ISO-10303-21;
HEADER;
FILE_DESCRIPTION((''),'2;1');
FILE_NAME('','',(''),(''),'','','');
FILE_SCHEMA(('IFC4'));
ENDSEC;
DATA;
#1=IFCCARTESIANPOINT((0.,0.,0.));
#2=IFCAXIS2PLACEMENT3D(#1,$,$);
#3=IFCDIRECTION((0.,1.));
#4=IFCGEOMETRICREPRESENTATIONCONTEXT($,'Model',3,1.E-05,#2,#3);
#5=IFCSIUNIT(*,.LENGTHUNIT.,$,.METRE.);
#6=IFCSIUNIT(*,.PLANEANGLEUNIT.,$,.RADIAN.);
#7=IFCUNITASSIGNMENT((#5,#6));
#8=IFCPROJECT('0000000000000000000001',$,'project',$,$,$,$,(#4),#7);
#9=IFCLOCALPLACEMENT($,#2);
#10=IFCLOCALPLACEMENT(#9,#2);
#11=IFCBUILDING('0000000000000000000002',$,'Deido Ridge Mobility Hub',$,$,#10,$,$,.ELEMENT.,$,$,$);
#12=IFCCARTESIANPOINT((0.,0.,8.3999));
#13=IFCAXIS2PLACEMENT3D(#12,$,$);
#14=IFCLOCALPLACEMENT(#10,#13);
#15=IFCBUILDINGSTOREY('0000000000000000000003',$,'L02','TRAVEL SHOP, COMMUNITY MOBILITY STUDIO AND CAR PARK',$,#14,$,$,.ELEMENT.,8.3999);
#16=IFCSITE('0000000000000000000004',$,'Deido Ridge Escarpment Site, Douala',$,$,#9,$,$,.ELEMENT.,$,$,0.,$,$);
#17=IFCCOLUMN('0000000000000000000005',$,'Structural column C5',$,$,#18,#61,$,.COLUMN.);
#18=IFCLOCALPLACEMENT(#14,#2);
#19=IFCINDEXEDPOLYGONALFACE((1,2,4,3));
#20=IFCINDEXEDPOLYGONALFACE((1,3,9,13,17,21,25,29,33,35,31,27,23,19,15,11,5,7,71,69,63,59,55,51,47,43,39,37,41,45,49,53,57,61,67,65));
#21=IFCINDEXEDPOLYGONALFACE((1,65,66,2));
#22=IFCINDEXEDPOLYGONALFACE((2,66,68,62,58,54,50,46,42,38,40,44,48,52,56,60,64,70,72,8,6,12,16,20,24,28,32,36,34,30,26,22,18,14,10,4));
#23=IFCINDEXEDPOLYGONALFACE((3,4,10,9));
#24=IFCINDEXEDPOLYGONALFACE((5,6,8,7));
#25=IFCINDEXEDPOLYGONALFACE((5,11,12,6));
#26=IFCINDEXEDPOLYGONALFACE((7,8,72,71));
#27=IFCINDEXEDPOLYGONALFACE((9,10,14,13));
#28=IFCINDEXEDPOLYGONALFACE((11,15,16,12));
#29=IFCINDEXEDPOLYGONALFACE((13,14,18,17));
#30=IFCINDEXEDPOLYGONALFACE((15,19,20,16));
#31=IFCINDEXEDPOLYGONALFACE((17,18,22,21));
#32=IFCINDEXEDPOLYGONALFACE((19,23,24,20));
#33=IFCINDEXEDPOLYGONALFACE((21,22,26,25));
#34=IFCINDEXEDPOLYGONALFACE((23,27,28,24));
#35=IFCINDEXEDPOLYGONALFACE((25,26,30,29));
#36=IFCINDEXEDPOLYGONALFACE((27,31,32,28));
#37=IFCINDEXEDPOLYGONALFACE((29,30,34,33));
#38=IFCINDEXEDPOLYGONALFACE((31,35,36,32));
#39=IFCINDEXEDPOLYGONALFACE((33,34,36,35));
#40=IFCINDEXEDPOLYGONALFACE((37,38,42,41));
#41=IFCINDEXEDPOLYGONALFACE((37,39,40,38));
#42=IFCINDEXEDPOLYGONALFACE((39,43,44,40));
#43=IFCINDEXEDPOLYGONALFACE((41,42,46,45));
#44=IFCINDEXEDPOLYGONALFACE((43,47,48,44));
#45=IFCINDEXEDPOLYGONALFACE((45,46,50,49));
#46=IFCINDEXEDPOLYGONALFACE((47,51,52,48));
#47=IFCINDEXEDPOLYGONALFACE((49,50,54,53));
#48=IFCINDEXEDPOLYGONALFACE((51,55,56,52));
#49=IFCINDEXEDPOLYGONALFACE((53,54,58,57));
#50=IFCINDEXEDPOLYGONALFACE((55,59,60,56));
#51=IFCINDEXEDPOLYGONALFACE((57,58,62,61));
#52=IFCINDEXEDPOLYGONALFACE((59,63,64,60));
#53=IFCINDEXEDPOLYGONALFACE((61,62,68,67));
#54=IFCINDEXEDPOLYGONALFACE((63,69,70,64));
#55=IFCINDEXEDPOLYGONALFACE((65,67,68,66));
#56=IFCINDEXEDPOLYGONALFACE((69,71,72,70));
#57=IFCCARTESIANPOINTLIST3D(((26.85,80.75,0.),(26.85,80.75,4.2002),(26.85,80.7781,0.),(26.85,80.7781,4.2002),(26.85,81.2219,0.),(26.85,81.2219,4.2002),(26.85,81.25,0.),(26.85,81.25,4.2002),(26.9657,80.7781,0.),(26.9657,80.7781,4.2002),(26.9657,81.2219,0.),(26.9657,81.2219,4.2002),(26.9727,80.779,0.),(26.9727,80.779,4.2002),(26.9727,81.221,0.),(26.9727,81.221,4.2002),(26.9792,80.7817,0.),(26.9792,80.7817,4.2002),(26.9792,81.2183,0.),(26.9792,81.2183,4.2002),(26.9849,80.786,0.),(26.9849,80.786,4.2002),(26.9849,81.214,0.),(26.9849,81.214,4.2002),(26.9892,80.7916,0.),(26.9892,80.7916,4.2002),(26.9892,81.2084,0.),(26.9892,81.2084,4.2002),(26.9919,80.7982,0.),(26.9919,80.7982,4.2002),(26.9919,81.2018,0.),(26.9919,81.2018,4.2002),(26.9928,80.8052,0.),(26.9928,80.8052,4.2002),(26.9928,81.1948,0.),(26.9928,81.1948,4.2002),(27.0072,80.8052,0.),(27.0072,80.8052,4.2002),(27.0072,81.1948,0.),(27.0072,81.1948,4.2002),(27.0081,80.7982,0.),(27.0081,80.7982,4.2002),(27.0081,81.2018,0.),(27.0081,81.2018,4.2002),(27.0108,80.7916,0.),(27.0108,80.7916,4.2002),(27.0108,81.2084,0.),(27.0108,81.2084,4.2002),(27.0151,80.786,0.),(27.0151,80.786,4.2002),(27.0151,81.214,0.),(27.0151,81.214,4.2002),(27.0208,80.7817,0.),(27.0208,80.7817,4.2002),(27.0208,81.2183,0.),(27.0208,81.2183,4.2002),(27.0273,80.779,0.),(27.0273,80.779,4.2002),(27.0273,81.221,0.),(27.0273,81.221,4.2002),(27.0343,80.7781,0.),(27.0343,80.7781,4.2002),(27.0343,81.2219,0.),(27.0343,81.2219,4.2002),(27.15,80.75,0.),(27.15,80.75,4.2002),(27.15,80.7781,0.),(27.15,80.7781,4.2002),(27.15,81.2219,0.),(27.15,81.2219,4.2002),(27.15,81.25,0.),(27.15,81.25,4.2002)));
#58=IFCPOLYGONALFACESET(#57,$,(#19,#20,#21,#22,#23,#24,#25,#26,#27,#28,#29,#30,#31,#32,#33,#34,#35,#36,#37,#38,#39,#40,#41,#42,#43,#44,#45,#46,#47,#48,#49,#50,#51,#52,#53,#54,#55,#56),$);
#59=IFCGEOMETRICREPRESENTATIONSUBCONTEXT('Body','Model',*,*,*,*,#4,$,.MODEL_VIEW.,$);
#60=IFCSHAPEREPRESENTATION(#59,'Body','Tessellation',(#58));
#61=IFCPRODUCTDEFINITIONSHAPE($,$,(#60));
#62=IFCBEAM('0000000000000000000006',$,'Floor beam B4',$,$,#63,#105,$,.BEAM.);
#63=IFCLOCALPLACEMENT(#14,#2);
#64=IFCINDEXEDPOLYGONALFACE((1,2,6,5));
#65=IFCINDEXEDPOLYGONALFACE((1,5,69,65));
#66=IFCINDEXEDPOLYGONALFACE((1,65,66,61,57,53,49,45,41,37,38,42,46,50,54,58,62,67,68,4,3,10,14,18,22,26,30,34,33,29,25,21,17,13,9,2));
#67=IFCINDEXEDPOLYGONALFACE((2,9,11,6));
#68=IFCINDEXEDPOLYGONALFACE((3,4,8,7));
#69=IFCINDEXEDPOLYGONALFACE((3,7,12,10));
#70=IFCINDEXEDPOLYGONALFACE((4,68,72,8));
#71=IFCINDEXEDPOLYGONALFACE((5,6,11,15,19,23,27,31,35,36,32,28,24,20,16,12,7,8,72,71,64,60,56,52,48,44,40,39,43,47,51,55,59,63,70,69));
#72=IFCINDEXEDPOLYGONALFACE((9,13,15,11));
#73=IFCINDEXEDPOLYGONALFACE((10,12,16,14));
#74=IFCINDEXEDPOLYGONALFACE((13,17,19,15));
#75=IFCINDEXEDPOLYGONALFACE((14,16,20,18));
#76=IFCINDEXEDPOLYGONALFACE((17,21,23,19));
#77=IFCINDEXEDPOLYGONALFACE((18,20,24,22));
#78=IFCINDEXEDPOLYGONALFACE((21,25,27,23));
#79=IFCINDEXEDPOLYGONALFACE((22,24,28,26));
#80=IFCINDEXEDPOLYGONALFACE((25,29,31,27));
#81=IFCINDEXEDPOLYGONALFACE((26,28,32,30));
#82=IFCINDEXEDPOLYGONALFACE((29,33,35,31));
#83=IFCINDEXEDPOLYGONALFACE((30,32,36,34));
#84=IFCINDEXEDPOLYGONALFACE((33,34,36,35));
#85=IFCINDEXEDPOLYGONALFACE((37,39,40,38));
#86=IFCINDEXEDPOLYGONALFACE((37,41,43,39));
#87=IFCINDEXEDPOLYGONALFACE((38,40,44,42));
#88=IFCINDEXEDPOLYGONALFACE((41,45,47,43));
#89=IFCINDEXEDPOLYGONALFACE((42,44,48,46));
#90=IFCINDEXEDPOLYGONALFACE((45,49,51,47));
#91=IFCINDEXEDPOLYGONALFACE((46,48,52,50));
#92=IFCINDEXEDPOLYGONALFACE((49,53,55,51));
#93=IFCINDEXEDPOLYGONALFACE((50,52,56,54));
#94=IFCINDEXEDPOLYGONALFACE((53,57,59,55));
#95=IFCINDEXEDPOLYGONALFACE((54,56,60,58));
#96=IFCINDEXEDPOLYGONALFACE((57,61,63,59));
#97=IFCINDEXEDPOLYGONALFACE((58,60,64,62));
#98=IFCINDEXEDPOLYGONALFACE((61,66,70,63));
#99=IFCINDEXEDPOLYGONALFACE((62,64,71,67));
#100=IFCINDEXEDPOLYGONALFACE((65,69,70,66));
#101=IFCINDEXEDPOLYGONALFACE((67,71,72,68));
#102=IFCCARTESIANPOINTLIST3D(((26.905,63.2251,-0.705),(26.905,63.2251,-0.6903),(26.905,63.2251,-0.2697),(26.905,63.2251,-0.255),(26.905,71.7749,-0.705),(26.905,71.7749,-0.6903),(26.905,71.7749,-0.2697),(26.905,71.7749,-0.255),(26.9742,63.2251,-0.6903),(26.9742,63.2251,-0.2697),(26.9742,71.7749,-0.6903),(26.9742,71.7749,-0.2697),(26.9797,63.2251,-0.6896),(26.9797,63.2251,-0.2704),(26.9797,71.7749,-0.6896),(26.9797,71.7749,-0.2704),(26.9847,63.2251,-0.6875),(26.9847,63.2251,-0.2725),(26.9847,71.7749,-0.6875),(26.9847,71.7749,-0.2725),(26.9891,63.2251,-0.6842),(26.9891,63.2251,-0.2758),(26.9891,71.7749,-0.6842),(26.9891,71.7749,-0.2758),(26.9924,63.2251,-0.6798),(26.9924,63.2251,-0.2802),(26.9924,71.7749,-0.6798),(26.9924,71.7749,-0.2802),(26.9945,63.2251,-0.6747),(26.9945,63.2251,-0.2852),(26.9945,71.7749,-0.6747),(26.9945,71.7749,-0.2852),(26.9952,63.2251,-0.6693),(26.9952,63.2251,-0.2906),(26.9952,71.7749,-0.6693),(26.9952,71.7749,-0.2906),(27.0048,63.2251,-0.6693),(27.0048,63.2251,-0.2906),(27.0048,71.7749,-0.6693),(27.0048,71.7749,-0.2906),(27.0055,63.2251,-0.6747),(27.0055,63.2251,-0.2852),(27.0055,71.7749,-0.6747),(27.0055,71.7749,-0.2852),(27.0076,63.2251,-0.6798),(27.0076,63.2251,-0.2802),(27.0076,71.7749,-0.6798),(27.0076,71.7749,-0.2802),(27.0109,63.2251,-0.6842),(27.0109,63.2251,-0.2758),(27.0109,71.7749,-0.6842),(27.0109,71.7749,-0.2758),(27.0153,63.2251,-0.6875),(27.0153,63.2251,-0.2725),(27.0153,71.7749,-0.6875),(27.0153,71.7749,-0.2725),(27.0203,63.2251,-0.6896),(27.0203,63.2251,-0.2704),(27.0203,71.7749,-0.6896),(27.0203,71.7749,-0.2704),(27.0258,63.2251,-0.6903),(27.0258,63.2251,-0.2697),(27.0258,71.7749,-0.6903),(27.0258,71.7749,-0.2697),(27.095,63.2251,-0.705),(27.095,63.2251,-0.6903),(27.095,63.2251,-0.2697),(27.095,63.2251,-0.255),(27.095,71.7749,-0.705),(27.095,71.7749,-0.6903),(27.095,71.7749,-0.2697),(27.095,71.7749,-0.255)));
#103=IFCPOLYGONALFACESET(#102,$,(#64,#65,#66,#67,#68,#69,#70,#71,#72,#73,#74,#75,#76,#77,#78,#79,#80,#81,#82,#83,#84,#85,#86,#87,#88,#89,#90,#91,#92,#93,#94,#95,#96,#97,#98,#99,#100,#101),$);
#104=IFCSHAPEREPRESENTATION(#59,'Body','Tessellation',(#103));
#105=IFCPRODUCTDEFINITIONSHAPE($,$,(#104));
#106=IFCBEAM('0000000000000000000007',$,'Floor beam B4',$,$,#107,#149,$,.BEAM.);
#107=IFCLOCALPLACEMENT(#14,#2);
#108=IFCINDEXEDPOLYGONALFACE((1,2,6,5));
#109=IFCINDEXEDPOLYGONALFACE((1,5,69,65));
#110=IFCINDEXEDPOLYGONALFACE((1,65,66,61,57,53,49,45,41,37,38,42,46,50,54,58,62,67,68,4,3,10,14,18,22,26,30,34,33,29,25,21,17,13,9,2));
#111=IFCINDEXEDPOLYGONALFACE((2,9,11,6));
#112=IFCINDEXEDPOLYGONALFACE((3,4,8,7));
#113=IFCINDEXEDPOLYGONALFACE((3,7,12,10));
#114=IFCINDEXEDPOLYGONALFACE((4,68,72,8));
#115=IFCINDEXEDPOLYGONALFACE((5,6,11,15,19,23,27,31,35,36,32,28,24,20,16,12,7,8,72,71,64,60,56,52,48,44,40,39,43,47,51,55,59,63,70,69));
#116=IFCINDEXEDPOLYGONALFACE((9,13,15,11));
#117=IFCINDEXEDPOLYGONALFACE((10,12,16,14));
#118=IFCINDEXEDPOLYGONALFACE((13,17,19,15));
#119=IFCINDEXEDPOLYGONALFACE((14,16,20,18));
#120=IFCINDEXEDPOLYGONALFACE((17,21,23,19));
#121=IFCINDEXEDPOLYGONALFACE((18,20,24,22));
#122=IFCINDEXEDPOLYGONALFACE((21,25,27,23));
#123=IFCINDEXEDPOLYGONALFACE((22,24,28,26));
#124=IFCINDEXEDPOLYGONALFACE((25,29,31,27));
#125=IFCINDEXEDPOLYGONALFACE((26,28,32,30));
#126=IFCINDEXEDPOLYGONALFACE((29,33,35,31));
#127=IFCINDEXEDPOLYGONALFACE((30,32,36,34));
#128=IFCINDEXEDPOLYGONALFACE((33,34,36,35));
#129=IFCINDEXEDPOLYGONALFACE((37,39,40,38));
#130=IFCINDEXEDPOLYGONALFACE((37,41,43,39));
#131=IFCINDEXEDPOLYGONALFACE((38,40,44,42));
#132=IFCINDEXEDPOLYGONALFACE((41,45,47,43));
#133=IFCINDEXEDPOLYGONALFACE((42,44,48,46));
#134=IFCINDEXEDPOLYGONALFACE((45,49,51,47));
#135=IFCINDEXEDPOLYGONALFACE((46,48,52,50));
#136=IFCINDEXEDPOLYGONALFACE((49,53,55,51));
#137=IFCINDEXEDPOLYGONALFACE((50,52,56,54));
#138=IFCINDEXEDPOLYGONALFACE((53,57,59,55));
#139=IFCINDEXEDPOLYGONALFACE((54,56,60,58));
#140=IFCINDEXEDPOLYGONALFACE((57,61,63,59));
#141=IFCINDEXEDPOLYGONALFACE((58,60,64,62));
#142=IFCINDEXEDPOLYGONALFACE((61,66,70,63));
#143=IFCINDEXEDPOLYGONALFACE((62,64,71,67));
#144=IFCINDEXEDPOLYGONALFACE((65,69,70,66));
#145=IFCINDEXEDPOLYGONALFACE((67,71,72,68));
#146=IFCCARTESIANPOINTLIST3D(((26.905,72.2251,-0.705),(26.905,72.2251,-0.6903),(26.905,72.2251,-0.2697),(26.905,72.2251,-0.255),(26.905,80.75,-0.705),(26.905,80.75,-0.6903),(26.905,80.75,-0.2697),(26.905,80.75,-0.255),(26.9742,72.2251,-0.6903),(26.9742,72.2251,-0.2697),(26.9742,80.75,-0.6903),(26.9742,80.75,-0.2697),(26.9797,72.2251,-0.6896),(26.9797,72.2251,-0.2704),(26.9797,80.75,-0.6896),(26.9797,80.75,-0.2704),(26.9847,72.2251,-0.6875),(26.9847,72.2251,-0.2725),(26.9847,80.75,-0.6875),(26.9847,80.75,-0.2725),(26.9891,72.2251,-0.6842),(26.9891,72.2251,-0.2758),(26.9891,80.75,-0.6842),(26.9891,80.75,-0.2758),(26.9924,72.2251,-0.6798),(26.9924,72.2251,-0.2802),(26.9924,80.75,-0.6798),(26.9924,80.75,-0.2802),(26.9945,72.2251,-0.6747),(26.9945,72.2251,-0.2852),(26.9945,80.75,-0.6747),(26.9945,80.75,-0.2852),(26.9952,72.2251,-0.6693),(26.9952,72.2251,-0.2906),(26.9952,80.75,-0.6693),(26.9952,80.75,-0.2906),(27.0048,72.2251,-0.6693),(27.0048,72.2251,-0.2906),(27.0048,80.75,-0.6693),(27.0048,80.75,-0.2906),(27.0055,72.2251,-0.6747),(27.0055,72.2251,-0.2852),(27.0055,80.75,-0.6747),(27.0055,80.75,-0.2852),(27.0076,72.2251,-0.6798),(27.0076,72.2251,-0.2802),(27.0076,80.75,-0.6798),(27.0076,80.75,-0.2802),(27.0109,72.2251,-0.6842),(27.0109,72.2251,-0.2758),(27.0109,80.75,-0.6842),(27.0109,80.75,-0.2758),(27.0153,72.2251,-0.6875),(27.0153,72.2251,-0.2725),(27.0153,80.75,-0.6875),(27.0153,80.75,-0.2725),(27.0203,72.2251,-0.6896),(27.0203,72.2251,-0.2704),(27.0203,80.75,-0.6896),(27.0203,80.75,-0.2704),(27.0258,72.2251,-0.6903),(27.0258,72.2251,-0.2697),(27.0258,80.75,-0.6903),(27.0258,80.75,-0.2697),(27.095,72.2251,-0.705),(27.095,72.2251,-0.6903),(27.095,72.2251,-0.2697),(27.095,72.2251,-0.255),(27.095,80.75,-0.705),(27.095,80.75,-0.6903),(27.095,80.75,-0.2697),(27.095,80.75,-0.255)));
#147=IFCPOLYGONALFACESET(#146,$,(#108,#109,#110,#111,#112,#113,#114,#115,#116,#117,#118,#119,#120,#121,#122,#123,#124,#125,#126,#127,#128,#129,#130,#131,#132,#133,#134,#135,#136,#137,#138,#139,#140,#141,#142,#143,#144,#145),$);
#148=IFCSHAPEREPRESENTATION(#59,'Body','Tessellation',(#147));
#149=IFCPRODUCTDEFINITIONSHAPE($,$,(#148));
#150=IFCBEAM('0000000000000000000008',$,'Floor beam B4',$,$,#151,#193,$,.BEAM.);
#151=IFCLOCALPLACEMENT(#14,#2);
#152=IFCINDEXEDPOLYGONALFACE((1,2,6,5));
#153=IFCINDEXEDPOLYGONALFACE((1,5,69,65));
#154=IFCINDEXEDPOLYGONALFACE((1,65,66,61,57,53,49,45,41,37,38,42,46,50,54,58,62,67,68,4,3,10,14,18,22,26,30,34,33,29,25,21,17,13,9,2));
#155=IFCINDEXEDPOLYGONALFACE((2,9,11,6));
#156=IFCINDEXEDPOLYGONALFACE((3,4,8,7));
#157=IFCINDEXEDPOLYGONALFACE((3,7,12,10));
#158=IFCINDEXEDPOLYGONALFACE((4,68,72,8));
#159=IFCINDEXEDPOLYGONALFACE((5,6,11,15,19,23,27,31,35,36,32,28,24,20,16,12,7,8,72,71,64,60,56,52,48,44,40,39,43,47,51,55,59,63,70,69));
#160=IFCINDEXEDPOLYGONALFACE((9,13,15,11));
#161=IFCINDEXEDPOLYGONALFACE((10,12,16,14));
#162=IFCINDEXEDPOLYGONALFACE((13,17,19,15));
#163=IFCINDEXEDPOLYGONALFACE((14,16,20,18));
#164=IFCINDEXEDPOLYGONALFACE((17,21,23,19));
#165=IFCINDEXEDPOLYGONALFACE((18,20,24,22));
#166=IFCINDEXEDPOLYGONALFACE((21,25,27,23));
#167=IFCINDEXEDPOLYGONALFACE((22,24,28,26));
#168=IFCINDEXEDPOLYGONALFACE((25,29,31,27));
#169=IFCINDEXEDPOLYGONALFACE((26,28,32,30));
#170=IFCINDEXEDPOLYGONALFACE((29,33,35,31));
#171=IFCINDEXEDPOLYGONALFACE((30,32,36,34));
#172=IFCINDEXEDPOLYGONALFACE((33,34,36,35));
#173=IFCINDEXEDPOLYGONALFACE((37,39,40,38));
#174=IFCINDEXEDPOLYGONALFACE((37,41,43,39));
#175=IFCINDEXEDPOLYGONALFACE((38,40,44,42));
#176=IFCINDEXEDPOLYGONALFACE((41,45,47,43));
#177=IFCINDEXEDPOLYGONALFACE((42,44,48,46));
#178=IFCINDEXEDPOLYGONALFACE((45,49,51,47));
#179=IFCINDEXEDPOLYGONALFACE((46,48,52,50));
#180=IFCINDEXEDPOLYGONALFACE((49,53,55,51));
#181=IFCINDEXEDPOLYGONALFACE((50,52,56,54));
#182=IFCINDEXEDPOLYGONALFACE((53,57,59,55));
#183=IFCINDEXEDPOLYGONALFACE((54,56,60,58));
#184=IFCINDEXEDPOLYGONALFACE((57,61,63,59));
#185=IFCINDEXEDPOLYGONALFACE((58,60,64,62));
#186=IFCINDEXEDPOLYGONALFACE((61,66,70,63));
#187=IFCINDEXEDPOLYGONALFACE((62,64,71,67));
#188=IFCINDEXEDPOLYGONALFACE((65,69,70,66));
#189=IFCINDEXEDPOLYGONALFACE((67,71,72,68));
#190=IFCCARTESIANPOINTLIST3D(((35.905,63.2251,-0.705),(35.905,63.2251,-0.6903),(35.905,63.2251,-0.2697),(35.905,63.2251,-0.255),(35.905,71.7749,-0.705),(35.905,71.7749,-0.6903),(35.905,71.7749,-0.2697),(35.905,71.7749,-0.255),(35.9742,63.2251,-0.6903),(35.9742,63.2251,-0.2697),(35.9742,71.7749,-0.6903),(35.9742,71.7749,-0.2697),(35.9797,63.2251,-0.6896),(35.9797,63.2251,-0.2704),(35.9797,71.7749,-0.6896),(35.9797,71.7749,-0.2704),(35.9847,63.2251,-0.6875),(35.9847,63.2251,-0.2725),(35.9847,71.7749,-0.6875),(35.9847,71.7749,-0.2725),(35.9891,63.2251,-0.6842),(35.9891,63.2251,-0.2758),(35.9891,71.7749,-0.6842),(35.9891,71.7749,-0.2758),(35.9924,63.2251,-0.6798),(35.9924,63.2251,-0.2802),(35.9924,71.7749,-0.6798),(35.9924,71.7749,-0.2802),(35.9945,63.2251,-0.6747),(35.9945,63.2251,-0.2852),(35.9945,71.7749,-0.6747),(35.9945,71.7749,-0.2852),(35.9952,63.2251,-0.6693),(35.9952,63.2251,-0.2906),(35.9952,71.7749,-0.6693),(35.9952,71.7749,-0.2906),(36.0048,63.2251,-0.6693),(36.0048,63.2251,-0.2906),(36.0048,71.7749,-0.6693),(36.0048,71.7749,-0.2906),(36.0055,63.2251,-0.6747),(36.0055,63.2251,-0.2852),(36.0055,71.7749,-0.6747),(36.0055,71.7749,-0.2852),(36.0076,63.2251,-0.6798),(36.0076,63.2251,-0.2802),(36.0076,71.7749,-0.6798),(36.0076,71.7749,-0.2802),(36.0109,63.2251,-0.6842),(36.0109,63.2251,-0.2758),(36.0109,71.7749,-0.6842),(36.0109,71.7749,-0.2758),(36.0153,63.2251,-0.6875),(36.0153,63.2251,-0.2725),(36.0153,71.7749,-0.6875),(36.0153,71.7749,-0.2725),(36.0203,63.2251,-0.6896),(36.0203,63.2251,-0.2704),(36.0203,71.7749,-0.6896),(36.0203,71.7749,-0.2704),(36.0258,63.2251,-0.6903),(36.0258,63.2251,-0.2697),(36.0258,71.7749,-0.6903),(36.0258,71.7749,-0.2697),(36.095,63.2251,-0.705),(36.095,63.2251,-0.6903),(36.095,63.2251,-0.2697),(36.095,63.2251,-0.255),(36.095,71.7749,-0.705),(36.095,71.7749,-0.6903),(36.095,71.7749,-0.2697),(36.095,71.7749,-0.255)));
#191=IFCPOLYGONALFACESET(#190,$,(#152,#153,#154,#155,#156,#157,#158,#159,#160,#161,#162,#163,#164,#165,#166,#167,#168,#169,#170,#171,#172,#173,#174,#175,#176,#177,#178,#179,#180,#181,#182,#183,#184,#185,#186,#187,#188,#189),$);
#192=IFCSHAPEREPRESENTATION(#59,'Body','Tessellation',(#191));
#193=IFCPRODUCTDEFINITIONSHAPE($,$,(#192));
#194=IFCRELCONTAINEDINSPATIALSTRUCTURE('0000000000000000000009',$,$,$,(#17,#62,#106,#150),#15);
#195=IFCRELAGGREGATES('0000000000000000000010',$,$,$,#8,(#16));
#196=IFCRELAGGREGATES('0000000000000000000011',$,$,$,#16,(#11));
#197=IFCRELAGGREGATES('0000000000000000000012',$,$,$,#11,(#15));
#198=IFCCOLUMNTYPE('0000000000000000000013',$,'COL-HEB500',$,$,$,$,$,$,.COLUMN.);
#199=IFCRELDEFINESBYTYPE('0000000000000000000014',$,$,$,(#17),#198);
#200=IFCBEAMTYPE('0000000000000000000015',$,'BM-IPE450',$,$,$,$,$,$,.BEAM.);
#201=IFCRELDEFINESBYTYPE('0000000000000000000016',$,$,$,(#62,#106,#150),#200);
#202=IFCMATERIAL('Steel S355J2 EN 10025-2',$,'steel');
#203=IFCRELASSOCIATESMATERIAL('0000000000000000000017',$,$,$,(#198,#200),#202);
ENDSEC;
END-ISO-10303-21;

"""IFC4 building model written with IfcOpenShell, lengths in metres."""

from ifc_helpers import new_model, si_unit, direction, frame, origin, origin_2d, place, context, subcontext, project, spatial, i_section, extrude, material, material_profile, profile_set, type_object, element, save


model = new_model("IFC4")

# Units and contexts
model_context = context("Model", 3, precision=1e-05, world=origin(), true_north=direction((0.0, 1.0)))
body_context = subcontext(model_context, "Body", "Model", "MODEL_VIEW")
ifc_project = project(units=[si_unit("LENGTHUNIT", "METRE"), si_unit("PLANEANGLEUNIT", "RADIAN")], contexts=[model_context])

# Site, building, storey
site_placement = place(None, origin())
site = spatial("IfcSite", under=ifc_project, at=site_placement, Name="Deido Ridge Escarpment Site, Douala", CompositionType="ELEMENT", RefElevation=0.0)
building_placement = place(site_placement, origin())
building = spatial("IfcBuilding", under=site, at=building_placement, Name="Deido Ridge Mobility Hub", CompositionType="ELEMENT")
storey_placement = place(building_placement, frame((0.0, 0.0, 8.3999)))
storey = spatial("IfcBuildingStorey", under=building, at=storey_placement, Name="L02", Description="TRAVEL SHOP, COMMUNITY MOBILITY STUDIO AND CAR PARK", CompositionType="ELEMENT", Elevation=8.3999)

# Column
ifc_material_1 = material(Name="Steel S355J2 EN 10025-2", Category="steel")
ifc_material_profile_1 = material_profile(ifc_material_1, i_section(OverallWidth=0.3, OverallDepth=0.5, WebThickness=0.0144, FlangeThickness=0.0281, FilletRadius=0.0271, at=origin_2d()), Name="HEB 500")
ifc_profile_set_1 = profile_set([ifc_material_profile_1], Name="Steel S355J2 EN 10025-2")
column_type_1 = type_object("IfcColumnType", Name="COL-HEB500", PredefinedType="COLUMN", material=ifc_profile_set_1)
column_placement = place(storey_placement, frame((27.0, 81.0, 0.0), z_axis=(0.0, 0.0, 1.0), x_axis=(1.0, 0.0, 0.0)))
element("IfcColumn", 1, at=column_placement, inside=storey, type_object=column_type_1, Name="Structural column C5", PredefinedType="COLUMN", context=body_context, shape_type="SweptSolid", body=[
    extrude(i_section(OverallWidth=0.3, OverallDepth=0.5, WebThickness=0.0144, FlangeThickness=0.0281, FilletRadius=0.0271, at=origin_2d()), origin(), (0.0, 0.0, 1.0), 4.2002),
])

# Beams
ifc_material_profile_2 = material_profile(ifc_material_1, i_section(OverallWidth=0.1899, OverallDepth=0.45, WebThickness=0.0095, FlangeThickness=0.0146, FilletRadius=0.021, at=origin_2d()), Name="IPE 450")
ifc_profile_set_2 = profile_set([ifc_material_profile_2], Name="Steel S355J2 EN 10025-2")
beam_type_1 = type_object("IfcBeamType", Name="BM-IPE450", PredefinedType="BEAM", material=ifc_profile_set_2)
beam_1_placement = place(storey_placement, frame((27.0, 63.2251, -0.48), z_axis=(0.0, 1.0, 0.0), x_axis=(-1.0, 0.0, 0.0)))
element("IfcBeam", 2, at=beam_1_placement, inside=storey, type_object=beam_type_1, Name="Floor beam B4", PredefinedType="BEAM", context=body_context, shape_type="SweptSolid", body=[
    extrude(i_section(OverallWidth=0.1899, OverallDepth=0.45, WebThickness=0.0095, FlangeThickness=0.0146, FilletRadius=0.021, at=origin_2d()), origin(), (0.0, 0.0, 1.0), 8.5498),
])
beam_2_placement = place(storey_placement, frame((27.0, 72.2251, -0.48), z_axis=(0.0, 1.0, 0.0), x_axis=(-1.0, 0.0, 0.0)))
element("IfcBeam", 3, at=beam_2_placement, inside=storey, type_object=beam_type_1, Name="Floor beam B4", PredefinedType="BEAM", context=body_context, shape_type="SweptSolid", body=[
    extrude(i_section(OverallWidth=0.1899, OverallDepth=0.45, WebThickness=0.0095, FlangeThickness=0.0146, FilletRadius=0.021, at=origin_2d()), origin(), (0.0, 0.0, 1.0), 8.5249),
])
beam_3_placement = place(storey_placement, frame((36.0, 63.2251, -0.48), z_axis=(0.0, 1.0, 0.0), x_axis=(-1.0, 0.0, 0.0)))
element("IfcBeam", 4, at=beam_3_placement, inside=storey, type_object=beam_type_1, Name="Floor beam B4", PredefinedType="BEAM", context=body_context, shape_type="SweptSolid", body=[
    extrude(i_section(OverallWidth=0.1899, OverallDepth=0.45, WebThickness=0.0095, FlangeThickness=0.0146, FilletRadius=0.021, at=origin_2d()), origin(), (0.0, 0.0, 1.0), 8.5498),
])

save(model, "model.ifc")
